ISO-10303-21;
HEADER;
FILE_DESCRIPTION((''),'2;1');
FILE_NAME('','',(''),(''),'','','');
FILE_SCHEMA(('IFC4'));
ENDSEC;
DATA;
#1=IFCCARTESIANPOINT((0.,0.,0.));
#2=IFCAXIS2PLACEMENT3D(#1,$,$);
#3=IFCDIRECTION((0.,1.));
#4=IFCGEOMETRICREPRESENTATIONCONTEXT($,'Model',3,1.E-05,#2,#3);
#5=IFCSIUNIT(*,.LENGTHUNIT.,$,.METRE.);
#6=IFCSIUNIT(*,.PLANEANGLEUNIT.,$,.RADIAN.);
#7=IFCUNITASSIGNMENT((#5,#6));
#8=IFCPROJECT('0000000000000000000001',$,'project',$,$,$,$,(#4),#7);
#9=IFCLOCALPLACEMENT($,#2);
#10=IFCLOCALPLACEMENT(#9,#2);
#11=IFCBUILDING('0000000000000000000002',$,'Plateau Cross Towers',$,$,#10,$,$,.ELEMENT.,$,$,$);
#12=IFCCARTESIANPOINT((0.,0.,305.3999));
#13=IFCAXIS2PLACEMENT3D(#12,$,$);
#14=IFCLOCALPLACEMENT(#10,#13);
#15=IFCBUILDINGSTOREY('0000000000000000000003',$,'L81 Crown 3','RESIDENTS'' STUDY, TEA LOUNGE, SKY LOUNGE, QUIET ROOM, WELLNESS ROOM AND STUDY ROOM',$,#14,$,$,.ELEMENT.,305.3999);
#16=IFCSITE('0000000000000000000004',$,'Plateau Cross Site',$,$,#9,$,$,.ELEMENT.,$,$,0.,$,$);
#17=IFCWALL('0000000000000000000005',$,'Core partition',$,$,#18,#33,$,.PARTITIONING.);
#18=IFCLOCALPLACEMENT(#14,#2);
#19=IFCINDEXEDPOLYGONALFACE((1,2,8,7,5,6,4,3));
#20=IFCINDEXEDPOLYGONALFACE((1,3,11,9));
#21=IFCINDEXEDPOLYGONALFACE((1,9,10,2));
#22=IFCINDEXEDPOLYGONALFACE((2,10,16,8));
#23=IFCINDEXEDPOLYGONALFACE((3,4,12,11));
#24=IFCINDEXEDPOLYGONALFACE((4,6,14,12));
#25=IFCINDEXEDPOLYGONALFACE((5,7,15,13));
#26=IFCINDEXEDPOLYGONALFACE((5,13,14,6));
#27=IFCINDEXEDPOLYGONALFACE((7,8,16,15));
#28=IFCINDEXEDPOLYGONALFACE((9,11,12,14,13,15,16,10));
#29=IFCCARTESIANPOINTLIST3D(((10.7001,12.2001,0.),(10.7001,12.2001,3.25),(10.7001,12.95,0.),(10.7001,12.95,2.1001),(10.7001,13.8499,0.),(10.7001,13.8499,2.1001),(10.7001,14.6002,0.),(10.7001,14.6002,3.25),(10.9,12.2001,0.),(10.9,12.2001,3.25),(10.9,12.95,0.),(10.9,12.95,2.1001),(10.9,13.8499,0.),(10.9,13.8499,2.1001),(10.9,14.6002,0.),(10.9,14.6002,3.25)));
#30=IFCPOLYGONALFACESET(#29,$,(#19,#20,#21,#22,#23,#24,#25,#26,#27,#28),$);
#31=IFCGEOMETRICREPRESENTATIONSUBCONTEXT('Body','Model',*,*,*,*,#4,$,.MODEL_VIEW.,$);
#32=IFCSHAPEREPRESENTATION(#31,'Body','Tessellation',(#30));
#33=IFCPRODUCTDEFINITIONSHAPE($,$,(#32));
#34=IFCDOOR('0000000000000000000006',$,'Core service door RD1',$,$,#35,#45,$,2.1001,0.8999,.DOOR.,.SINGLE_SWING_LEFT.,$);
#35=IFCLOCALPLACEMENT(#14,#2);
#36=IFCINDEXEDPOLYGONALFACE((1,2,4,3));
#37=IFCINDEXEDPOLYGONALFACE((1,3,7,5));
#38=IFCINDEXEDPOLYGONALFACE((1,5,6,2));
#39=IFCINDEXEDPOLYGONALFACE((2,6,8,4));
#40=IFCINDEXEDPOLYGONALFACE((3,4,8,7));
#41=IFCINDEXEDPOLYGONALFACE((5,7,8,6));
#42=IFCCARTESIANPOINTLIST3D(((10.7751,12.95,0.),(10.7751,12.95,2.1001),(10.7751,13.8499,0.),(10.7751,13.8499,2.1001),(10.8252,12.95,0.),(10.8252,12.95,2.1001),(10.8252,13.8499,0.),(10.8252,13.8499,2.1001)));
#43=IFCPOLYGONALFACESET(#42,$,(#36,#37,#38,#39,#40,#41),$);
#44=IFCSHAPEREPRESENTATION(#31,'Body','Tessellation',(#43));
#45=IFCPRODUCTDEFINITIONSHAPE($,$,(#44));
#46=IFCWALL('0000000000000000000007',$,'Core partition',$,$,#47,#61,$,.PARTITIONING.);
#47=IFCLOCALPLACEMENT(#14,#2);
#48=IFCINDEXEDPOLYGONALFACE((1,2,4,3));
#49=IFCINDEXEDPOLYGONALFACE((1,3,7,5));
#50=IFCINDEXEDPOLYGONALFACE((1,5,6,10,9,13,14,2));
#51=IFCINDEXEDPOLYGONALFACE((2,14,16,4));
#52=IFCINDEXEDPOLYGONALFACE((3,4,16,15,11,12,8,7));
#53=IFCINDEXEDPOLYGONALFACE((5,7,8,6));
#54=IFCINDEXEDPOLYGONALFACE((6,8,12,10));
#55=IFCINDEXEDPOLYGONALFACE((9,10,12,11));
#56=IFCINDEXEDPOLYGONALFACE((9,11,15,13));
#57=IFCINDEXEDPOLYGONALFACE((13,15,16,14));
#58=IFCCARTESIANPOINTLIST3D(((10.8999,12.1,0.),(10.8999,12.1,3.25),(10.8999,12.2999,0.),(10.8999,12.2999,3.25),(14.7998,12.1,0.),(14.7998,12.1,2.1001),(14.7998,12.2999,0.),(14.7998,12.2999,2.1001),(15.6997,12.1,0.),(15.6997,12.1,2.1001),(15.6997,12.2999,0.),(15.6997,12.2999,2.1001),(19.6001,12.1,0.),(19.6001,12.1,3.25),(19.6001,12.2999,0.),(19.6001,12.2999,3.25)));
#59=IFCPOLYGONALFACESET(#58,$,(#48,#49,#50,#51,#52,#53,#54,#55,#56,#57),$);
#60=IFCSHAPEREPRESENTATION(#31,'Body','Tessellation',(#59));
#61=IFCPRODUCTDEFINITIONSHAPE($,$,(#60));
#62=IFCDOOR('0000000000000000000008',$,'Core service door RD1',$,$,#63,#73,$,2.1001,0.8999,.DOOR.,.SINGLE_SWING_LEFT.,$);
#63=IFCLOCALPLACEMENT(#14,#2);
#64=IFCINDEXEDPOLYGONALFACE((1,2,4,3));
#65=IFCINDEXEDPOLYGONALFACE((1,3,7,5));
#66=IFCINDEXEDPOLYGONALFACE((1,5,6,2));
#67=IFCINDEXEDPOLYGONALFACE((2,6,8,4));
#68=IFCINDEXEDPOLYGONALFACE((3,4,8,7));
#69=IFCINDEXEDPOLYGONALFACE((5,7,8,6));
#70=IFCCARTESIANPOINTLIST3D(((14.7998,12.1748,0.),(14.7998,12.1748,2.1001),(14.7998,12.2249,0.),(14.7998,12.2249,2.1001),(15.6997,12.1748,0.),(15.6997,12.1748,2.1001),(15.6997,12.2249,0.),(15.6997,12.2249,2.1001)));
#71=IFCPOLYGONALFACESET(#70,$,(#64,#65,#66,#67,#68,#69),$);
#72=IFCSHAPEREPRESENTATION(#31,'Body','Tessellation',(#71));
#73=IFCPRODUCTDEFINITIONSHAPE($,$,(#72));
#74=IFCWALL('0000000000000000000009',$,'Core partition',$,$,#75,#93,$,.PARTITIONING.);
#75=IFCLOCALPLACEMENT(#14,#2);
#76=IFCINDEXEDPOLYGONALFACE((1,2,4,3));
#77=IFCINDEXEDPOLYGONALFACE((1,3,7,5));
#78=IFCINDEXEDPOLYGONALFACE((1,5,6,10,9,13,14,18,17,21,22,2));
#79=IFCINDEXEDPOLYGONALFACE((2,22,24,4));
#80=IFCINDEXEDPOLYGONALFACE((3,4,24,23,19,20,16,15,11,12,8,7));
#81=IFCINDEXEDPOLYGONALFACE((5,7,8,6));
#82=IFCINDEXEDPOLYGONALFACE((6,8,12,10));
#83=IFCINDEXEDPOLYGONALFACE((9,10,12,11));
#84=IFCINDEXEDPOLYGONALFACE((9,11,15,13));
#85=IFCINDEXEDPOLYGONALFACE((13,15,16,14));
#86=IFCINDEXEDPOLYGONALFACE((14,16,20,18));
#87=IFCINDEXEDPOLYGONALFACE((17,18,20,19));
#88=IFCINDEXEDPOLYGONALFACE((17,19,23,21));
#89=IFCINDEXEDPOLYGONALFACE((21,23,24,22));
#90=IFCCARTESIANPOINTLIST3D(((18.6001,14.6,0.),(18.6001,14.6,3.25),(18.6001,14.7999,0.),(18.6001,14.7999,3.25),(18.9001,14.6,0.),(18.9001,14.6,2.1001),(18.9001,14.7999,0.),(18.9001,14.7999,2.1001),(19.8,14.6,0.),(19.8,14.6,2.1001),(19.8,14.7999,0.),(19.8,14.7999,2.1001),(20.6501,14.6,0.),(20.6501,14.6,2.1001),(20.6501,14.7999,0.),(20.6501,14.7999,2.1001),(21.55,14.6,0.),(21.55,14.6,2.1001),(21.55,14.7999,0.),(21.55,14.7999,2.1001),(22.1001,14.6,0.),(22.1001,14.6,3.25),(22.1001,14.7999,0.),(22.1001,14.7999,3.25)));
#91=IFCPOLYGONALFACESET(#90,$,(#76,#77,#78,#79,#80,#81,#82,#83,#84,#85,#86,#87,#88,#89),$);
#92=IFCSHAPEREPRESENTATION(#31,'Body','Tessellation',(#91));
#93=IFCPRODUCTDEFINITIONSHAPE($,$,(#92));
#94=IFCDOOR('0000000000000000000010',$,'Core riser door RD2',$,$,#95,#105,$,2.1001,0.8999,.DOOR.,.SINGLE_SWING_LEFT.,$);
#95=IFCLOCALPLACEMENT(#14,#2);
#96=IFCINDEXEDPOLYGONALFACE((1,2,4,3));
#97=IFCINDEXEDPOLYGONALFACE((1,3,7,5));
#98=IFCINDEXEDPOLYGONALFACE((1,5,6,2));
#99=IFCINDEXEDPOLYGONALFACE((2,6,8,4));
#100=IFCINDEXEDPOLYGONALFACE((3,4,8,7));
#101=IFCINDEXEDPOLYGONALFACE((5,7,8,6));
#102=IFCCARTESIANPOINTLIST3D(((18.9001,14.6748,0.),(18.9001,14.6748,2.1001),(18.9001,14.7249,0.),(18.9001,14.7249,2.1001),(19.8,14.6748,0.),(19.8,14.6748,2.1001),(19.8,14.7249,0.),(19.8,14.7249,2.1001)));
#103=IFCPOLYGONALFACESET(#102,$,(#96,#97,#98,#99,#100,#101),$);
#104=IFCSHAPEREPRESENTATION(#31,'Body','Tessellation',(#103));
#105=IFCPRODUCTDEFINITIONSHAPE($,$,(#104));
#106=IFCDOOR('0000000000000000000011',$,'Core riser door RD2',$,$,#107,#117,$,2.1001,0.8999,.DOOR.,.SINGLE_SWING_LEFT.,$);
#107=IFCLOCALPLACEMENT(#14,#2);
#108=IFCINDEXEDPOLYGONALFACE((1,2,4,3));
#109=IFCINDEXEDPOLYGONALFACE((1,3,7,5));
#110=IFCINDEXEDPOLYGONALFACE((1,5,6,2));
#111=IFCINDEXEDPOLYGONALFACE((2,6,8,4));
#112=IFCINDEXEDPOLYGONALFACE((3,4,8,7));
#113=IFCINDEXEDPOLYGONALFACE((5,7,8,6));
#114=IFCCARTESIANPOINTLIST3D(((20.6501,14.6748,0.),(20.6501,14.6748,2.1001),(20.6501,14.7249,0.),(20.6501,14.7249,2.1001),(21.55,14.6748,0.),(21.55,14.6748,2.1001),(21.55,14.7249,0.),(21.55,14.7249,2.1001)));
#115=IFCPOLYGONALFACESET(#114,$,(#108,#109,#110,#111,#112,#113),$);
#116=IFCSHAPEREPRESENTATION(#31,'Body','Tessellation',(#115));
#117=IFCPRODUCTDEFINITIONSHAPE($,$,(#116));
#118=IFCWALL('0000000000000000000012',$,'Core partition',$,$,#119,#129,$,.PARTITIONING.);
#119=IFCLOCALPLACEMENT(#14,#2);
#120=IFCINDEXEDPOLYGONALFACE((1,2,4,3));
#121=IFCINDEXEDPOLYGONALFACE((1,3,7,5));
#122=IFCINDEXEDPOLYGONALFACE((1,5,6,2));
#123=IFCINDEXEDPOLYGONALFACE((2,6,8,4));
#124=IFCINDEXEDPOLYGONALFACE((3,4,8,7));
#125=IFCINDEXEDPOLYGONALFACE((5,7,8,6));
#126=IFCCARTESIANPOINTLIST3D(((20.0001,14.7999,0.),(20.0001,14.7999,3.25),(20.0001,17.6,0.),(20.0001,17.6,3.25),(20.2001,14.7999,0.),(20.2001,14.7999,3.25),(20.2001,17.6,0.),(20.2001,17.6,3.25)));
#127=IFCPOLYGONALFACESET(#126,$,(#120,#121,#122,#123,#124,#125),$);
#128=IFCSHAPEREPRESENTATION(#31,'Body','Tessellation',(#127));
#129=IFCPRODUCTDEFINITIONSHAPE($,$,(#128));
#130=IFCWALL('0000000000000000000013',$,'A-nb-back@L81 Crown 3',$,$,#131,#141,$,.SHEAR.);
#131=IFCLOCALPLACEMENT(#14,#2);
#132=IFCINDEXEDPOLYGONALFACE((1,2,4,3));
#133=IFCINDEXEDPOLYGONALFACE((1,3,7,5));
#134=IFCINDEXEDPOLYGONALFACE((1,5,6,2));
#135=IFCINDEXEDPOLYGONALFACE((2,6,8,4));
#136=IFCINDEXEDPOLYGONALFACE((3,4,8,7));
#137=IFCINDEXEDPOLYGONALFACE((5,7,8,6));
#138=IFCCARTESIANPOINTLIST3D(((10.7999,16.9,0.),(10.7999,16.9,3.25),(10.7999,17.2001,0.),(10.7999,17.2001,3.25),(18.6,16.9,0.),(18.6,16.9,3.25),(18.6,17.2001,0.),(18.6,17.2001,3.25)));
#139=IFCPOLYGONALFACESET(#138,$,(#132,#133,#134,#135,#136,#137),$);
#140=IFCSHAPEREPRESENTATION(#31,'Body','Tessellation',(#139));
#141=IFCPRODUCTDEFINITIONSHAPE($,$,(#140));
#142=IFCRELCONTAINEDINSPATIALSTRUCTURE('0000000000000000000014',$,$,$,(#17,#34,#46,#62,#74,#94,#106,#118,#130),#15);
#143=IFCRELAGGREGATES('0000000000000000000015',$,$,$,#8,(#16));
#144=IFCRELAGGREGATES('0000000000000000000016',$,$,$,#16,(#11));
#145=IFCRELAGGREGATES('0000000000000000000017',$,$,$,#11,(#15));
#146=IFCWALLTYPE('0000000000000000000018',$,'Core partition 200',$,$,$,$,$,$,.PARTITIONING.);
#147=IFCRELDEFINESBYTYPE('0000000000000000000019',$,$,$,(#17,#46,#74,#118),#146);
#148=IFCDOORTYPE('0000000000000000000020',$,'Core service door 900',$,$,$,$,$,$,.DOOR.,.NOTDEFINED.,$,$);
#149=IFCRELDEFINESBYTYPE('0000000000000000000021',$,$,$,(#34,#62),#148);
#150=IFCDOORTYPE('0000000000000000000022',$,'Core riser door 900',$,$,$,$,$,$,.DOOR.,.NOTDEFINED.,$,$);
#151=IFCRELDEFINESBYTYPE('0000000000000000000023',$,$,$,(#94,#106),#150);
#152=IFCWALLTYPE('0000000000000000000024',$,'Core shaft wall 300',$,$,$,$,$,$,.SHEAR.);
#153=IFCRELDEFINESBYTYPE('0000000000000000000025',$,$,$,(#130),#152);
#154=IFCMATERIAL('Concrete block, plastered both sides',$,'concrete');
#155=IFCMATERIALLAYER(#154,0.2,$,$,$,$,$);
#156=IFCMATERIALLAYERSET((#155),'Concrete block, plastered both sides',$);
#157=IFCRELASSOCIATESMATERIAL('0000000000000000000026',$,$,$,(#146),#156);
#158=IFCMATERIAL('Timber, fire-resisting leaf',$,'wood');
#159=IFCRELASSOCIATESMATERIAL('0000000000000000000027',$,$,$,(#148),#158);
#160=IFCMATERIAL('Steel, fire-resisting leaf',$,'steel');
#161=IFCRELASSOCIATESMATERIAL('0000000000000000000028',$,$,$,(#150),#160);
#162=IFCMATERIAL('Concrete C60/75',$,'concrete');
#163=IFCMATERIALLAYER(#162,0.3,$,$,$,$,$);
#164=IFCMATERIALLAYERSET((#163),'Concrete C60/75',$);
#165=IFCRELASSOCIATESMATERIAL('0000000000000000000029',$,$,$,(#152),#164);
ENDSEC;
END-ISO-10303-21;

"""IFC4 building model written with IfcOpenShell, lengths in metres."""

from ifc_helpers import new_model, si_unit, direction, frame, frame_2d, origin, place, context, subcontext, project, spatial, rectangle, extrude, material, layer, layer_set, type_object, element, fill, save


model = new_model("IFC4")

# Units and contexts
model_context = context("Model", 3, precision=1e-05, world=origin(), true_north=direction((0.0, 1.0)))
body_context = subcontext(model_context, "Body", "Model", "MODEL_VIEW")
ifc_project = project(units=[si_unit("LENGTHUNIT", "METRE"), si_unit("PLANEANGLEUNIT", "RADIAN")], contexts=[model_context])

# Site, building, storey
site_placement = place(None, origin())
site = spatial("IfcSite", under=ifc_project, at=site_placement, Name="Plateau Cross Site", CompositionType="ELEMENT", RefElevation=0.0)
building_placement = place(site_placement, origin())
building = spatial("IfcBuilding", under=site, at=building_placement, Name="Plateau Cross Towers", CompositionType="ELEMENT")
storey_placement = place(building_placement, frame((0.0, 0.0, 305.3999)))
storey = spatial("IfcBuildingStorey", under=building, at=storey_placement, Name="L81 Crown 3", Description="RESIDENTS' STUDY, TEA LOUNGE, SKY LOUNGE, QUIET ROOM, WELLNESS ROOM AND STUDY ROOM", CompositionType="ELEMENT", Elevation=305.3999)

# Shared definitions
ifc_material_1 = material(Name="Concrete C60/75", Category="concrete")

# Walls, openings, doors
ifc_material_2 = material(Name="Concrete block, plastered both sides", Category="concrete")
ifc_layer_1 = layer(ifc_material_2, 0.2)
ifc_layer_set_1 = layer_set([ifc_layer_1], Name="Concrete block, plastered both sides")
wall_type_1 = type_object("IfcWallType", Name="Core partition 200", PredefinedType="PARTITIONING", material=ifc_layer_set_1)
wall_1_placement = place(storey_placement, frame((10.8, 12.2, 0.0), z_axis=(0.0, 0.0, 1.0), x_axis=(0.0, 1.0, 0.0)))
wall_1 = element("IfcWall", 1, at=wall_1_placement, inside=storey, type_object=wall_type_1, Name="Core partition", PredefinedType="PARTITIONING", context=body_context, shape_type="SweptSolid", body=[
    extrude(rectangle(XDim=2.4001, YDim=0.2, at=frame_2d((1.2002, 0.0))), origin(), (0.0, 0.0, 1.0), 3.25),
])
opening_1_placement = place(wall_1_placement, frame((0.75, 0.0, 0.0)))
opening_1 = element("IfcOpeningElement", 2, at=opening_1_placement, cuts=wall_1, PredefinedType="OPENING", context=body_context, shape_type="SweptSolid", body=[
    extrude(rectangle(XDim=0.8999, YDim=2.1001, at=frame_2d((0.45, 1.05))), frame((0.0, 0.1099, 0.0), z_axis=(0.0, -1.0, 0.0), x_axis=(1.0, 0.0, 0.0)), (0.0, 0.0, 1.0), 0.22),
])
ifc_material_3 = material(Name="Timber, fire-resisting leaf", Category="wood")
door_type_1 = type_object("IfcDoorType", Name="Core service door 900", OperationType="NOTDEFINED", PredefinedType="DOOR", material=ifc_material_3)
door_1_placement = place(opening_1_placement, origin())
door_1 = element("IfcDoor", 3, at=door_1_placement, inside=storey, type_object=door_type_1, Name="Core service door RD1", OperationType="SINGLE_SWING_LEFT", OverallHeight=2.1001, OverallWidth=0.8999, PredefinedType="DOOR", context=body_context, shape_type="SweptSolid", body=[
    extrude(rectangle(XDim=0.8999, YDim=2.1001, at=frame_2d((0.45, 1.05))), frame((0.0, 0.0249, 0.0), z_axis=(0.0, -1.0, 0.0), x_axis=(1.0, 0.0, 0.0)), (0.0, 0.0, 1.0), 0.05),
])
fill(opening_1, door_1)
wall_2_placement = place(storey_placement, frame((10.8999, 12.2, 0.0), z_axis=(0.0, 0.0, 1.0), x_axis=(1.0, 0.0, 0.0)))
wall_2 = element("IfcWall", 4, at=wall_2_placement, inside=storey, type_object=wall_type_1, Name="Core partition", PredefinedType="PARTITIONING", context=body_context, shape_type="SweptSolid", body=[
    extrude(rectangle(XDim=8.7002, YDim=0.2, at=frame_2d((4.3501, 0.0))), origin(), (0.0, 0.0, 1.0), 3.25),
])
opening_2_placement = place(wall_2_placement, frame((3.8999, 0.0, 0.0)))
opening_2 = element("IfcOpeningElement", 5, at=opening_2_placement, cuts=wall_2, PredefinedType="OPENING", context=body_context, shape_type="SweptSolid", body=[
    extrude(rectangle(XDim=0.8999, YDim=2.1001, at=frame_2d((0.45, 1.05))), frame((0.0, 0.1099, 0.0), z_axis=(0.0, -1.0, 0.0), x_axis=(1.0, 0.0, 0.0)), (0.0, 0.0, 1.0), 0.22),
])
door_2_placement = place(opening_2_placement, origin())
door_2 = element("IfcDoor", 6, at=door_2_placement, inside=storey, type_object=door_type_1, Name="Core service door RD1", OperationType="SINGLE_SWING_LEFT", OverallHeight=2.1001, OverallWidth=0.8999, PredefinedType="DOOR", context=body_context, shape_type="SweptSolid", body=[
    extrude(rectangle(XDim=0.8999, YDim=2.1001, at=frame_2d((0.45, 1.05))), frame((0.0, 0.0249, 0.0), z_axis=(0.0, -1.0, 0.0), x_axis=(1.0, 0.0, 0.0)), (0.0, 0.0, 1.0), 0.05),
])
fill(opening_2, door_2)

# Wall, openings, doors
wall_3_placement = place(storey_placement, frame((18.6001, 14.7, 0.0), z_axis=(0.0, 0.0, 1.0), x_axis=(1.0, 0.0, 0.0)))
wall_3 = element("IfcWall", 7, at=wall_3_placement, inside=storey, type_object=wall_type_1, Name="Core partition", PredefinedType="PARTITIONING", context=body_context, shape_type="SweptSolid", body=[
    extrude(rectangle(XDim=3.5, YDim=0.2, at=frame_2d((1.75, 0.0))), origin(), (0.0, 0.0, 1.0), 3.25),
])
opening_3_placement = place(wall_3_placement, frame((0.3, 0.0, 0.0)))
opening_3 = element("IfcOpeningElement", 8, at=opening_3_placement, cuts=wall_3, PredefinedType="OPENING", context=body_context, shape_type="SweptSolid", body=[
    extrude(rectangle(XDim=0.8999, YDim=2.1001, at=frame_2d((0.45, 1.05))), frame((0.0, 0.1099, 0.0), z_axis=(0.0, -1.0, 0.0), x_axis=(1.0, 0.0, 0.0)), (0.0, 0.0, 1.0), 0.22),
])
opening_4_placement = place(wall_3_placement, frame((2.05, 0.0, 0.0)))
opening_4 = element("IfcOpeningElement", 9, at=opening_4_placement, cuts=wall_3, PredefinedType="OPENING", context=body_context, shape_type="SweptSolid", body=[
    extrude(rectangle(XDim=0.8999, YDim=2.1001, at=frame_2d((0.45, 1.05))), frame((0.0, 0.1099, 0.0), z_axis=(0.0, -1.0, 0.0), x_axis=(1.0, 0.0, 0.0)), (0.0, 0.0, 1.0), 0.22),
])
ifc_material_4 = material(Name="Steel, fire-resisting leaf", Category="steel")
door_type_2 = type_object("IfcDoorType", Name="Core riser door 900", OperationType="NOTDEFINED", PredefinedType="DOOR", material=ifc_material_4)
door_3_placement = place(opening_3_placement, origin())
door_3 = element("IfcDoor", 10, at=door_3_placement, inside=storey, type_object=door_type_2, Name="Core riser door RD2", OperationType="SINGLE_SWING_LEFT", OverallHeight=2.1001, OverallWidth=0.8999, PredefinedType="DOOR", context=body_context, shape_type="SweptSolid", body=[
    extrude(rectangle(XDim=0.8999, YDim=2.1001, at=frame_2d((0.45, 1.05))), frame((0.0, 0.0249, 0.0), z_axis=(0.0, -1.0, 0.0), x_axis=(1.0, 0.0, 0.0)), (0.0, 0.0, 1.0), 0.05),
])
fill(opening_3, door_3)
door_4_placement = place(opening_4_placement, origin())
door_4 = element("IfcDoor", 11, at=door_4_placement, inside=storey, type_object=door_type_2, Name="Core riser door RD2", OperationType="SINGLE_SWING_LEFT", OverallHeight=2.1001, OverallWidth=0.8999, PredefinedType="DOOR", context=body_context, shape_type="SweptSolid", body=[
    extrude(rectangle(XDim=0.8999, YDim=2.1001, at=frame_2d((0.45, 1.05))), frame((0.0, 0.0249, 0.0), z_axis=(0.0, -1.0, 0.0), x_axis=(1.0, 0.0, 0.0)), (0.0, 0.0, 1.0), 0.05),
])
fill(opening_4, door_4)

# Walls
wall_4_placement = place(storey_placement, frame((20.1001, 14.8, 0.0), z_axis=(0.0, 0.0, 1.0), x_axis=(0.0, 1.0, 0.0)))
element("IfcWall", 12, at=wall_4_placement, inside=storey, type_object=wall_type_1, Name="Core partition", PredefinedType="PARTITIONING", context=body_context, shape_type="SweptSolid", body=[
    extrude(rectangle(XDim=2.8, YDim=0.2, at=frame_2d((1.3999, 0.0))), origin(), (0.0, 0.0, 1.0), 3.25),
])
ifc_layer_2 = layer(ifc_material_1, 0.3)
ifc_layer_set_2 = layer_set([ifc_layer_2], Name="Concrete C60/75")
wall_type_2 = type_object("IfcWallType", Name="Core shaft wall 300", PredefinedType="SHEAR", material=ifc_layer_set_2)
wall_5_placement = place(storey_placement, frame((10.8, 17.05, 0.0), z_axis=(0.0, 0.0, 1.0), x_axis=(1.0, 0.0, 0.0)))
element("IfcWall", 13, at=wall_5_placement, inside=storey, type_object=wall_type_2, Name="A-nb-back@L81 Crown 3", PredefinedType="SHEAR", context=body_context, shape_type="SweptSolid", body=[
    extrude(rectangle(XDim=7.8, YDim=0.3, at=frame_2d((3.8999, 0.0))), origin(), (0.0, 0.0, 1.0), 3.25),
])

save(model, "model.ifc")
